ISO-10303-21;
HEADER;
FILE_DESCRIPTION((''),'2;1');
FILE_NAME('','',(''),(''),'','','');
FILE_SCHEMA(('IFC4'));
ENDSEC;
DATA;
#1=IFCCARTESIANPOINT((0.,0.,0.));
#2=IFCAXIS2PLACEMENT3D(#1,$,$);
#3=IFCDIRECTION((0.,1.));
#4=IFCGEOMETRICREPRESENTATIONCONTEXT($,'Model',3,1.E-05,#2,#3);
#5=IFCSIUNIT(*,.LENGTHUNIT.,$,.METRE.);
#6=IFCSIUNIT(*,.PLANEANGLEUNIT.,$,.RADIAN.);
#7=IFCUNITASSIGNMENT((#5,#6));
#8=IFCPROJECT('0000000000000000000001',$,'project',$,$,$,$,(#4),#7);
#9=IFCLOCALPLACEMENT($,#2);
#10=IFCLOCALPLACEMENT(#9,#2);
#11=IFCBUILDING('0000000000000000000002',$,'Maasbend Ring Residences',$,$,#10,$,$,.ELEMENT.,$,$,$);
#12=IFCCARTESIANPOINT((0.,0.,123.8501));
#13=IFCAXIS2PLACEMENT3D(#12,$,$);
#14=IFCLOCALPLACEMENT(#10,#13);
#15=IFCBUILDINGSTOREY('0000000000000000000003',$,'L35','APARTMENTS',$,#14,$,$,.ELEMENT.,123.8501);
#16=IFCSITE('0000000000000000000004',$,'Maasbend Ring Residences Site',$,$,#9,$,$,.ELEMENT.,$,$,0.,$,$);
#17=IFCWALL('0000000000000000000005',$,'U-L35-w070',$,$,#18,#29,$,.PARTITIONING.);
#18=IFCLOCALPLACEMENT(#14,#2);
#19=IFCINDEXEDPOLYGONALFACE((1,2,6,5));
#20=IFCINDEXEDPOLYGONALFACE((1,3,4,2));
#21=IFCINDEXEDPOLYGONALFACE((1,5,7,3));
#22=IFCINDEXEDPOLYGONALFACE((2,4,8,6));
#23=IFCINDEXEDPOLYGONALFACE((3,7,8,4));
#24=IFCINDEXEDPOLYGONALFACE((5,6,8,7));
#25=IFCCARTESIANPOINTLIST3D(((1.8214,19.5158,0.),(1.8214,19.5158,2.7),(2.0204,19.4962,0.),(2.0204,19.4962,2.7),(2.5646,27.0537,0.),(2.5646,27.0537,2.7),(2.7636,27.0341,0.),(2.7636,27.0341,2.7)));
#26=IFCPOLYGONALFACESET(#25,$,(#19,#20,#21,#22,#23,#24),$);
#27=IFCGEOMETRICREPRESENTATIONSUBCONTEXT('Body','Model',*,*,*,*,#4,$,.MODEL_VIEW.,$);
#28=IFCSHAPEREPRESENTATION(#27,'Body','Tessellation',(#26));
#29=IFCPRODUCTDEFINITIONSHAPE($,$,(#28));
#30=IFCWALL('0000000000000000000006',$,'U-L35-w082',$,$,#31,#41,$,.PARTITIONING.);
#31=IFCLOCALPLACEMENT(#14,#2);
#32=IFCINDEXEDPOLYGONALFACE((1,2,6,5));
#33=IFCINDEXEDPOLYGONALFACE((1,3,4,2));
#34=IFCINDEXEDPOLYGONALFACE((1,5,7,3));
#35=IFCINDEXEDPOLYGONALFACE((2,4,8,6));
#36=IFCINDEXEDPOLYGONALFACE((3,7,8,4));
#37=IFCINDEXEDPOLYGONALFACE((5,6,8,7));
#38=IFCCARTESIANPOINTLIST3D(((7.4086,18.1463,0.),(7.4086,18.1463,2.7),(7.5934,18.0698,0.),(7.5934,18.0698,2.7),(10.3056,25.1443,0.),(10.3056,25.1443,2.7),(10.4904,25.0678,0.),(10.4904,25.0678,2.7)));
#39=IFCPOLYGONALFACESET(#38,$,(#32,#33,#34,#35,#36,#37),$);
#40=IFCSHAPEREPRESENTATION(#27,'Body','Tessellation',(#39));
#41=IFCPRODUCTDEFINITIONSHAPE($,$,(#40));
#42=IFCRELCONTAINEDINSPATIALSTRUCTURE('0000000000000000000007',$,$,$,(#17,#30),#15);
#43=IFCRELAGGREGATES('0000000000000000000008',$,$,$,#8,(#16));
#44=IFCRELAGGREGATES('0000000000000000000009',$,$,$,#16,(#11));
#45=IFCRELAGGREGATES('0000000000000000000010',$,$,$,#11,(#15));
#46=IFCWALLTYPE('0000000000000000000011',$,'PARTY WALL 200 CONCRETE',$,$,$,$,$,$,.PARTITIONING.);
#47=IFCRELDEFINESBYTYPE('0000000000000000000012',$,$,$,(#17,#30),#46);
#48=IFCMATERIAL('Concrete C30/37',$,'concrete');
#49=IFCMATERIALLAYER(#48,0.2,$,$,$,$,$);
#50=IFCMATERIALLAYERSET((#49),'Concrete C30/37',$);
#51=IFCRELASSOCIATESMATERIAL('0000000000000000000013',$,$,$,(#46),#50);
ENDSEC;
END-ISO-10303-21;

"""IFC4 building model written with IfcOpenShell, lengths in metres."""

from ifc_helpers import new_model, si_unit, direction, frame, frame_2d, origin, place, context, subcontext, project, spatial, rectangle, extrude, material, layer, layer_set, type_object, element, save


model = new_model("IFC4")

# Units and contexts
model_context = context("Model", 3, precision=1e-05, world=origin(), true_north=direction((0.0, 1.0)))
body_context = subcontext(model_context, "Body", "Model", "MODEL_VIEW")
ifc_project = project(units=[si_unit("LENGTHUNIT", "METRE"), si_unit("PLANEANGLEUNIT", "RADIAN")], contexts=[model_context])

# Site, building, storey
site_placement = place(None, origin())
site = spatial("IfcSite", under=ifc_project, at=site_placement, Name="Maasbend Ring Residences Site", CompositionType="ELEMENT", RefElevation=0.0)
building_placement = place(site_placement, origin())
building = spatial("IfcBuilding", under=site, at=building_placement, Name="Maasbend Ring Residences", CompositionType="ELEMENT")
storey_placement = place(building_placement, frame((0.0, 0.0, 123.8501)))
storey = spatial("IfcBuildingStorey", under=building, at=storey_placement, Name="L35", Description="APARTMENTS", CompositionType="ELEMENT", Elevation=123.8501)

# Walls
ifc_material_1 = material(Name="Concrete C30/37", Category="concrete")
ifc_layer_1 = layer(ifc_material_1, 0.2)
ifc_layer_set_1 = layer_set([ifc_layer_1], Name="Concrete C30/37")
wall_type_1 = type_object("IfcWallType", Name="PARTY WALL 200 CONCRETE", PredefinedType="PARTITIONING", material=ifc_layer_set_1)
wall_1_placement = place(storey_placement, frame((1.9209, 19.5061, 0.0), z_axis=(0.0, 0.0, 1.0), x_axis=(0.098115, 0.995175, 0.0)))
element("IfcWall", 1, at=wall_1_placement, inside=storey, type_object=wall_type_1, Name="U-L35-w070", PredefinedType="PARTITIONING", context=body_context, shape_type="SweptSolid", body=[
    extrude(rectangle(XDim=7.5745, YDim=0.2, at=frame_2d((3.7871, 0.0))), origin(), (0.0, 0.0, 1.0), 2.7),
])
wall_2_placement = place(storey_placement, frame((7.501, 18.1079, 0.0), z_axis=(0.0, 0.0, 1.0), x_axis=(0.38249, 0.923959, 0.0)))
element("IfcWall", 2, at=wall_2_placement, inside=storey, type_object=wall_type_1, Name="U-L35-w082", PredefinedType="PARTITIONING", context=body_context, shape_type="SweptSolid", body=[
    extrude(rectangle(XDim=7.574, YDim=0.2, at=frame_2d((3.7871, 0.0))), origin(), (0.0, 0.0, 1.0), 2.7),
])

save(model, "model.ifc")
